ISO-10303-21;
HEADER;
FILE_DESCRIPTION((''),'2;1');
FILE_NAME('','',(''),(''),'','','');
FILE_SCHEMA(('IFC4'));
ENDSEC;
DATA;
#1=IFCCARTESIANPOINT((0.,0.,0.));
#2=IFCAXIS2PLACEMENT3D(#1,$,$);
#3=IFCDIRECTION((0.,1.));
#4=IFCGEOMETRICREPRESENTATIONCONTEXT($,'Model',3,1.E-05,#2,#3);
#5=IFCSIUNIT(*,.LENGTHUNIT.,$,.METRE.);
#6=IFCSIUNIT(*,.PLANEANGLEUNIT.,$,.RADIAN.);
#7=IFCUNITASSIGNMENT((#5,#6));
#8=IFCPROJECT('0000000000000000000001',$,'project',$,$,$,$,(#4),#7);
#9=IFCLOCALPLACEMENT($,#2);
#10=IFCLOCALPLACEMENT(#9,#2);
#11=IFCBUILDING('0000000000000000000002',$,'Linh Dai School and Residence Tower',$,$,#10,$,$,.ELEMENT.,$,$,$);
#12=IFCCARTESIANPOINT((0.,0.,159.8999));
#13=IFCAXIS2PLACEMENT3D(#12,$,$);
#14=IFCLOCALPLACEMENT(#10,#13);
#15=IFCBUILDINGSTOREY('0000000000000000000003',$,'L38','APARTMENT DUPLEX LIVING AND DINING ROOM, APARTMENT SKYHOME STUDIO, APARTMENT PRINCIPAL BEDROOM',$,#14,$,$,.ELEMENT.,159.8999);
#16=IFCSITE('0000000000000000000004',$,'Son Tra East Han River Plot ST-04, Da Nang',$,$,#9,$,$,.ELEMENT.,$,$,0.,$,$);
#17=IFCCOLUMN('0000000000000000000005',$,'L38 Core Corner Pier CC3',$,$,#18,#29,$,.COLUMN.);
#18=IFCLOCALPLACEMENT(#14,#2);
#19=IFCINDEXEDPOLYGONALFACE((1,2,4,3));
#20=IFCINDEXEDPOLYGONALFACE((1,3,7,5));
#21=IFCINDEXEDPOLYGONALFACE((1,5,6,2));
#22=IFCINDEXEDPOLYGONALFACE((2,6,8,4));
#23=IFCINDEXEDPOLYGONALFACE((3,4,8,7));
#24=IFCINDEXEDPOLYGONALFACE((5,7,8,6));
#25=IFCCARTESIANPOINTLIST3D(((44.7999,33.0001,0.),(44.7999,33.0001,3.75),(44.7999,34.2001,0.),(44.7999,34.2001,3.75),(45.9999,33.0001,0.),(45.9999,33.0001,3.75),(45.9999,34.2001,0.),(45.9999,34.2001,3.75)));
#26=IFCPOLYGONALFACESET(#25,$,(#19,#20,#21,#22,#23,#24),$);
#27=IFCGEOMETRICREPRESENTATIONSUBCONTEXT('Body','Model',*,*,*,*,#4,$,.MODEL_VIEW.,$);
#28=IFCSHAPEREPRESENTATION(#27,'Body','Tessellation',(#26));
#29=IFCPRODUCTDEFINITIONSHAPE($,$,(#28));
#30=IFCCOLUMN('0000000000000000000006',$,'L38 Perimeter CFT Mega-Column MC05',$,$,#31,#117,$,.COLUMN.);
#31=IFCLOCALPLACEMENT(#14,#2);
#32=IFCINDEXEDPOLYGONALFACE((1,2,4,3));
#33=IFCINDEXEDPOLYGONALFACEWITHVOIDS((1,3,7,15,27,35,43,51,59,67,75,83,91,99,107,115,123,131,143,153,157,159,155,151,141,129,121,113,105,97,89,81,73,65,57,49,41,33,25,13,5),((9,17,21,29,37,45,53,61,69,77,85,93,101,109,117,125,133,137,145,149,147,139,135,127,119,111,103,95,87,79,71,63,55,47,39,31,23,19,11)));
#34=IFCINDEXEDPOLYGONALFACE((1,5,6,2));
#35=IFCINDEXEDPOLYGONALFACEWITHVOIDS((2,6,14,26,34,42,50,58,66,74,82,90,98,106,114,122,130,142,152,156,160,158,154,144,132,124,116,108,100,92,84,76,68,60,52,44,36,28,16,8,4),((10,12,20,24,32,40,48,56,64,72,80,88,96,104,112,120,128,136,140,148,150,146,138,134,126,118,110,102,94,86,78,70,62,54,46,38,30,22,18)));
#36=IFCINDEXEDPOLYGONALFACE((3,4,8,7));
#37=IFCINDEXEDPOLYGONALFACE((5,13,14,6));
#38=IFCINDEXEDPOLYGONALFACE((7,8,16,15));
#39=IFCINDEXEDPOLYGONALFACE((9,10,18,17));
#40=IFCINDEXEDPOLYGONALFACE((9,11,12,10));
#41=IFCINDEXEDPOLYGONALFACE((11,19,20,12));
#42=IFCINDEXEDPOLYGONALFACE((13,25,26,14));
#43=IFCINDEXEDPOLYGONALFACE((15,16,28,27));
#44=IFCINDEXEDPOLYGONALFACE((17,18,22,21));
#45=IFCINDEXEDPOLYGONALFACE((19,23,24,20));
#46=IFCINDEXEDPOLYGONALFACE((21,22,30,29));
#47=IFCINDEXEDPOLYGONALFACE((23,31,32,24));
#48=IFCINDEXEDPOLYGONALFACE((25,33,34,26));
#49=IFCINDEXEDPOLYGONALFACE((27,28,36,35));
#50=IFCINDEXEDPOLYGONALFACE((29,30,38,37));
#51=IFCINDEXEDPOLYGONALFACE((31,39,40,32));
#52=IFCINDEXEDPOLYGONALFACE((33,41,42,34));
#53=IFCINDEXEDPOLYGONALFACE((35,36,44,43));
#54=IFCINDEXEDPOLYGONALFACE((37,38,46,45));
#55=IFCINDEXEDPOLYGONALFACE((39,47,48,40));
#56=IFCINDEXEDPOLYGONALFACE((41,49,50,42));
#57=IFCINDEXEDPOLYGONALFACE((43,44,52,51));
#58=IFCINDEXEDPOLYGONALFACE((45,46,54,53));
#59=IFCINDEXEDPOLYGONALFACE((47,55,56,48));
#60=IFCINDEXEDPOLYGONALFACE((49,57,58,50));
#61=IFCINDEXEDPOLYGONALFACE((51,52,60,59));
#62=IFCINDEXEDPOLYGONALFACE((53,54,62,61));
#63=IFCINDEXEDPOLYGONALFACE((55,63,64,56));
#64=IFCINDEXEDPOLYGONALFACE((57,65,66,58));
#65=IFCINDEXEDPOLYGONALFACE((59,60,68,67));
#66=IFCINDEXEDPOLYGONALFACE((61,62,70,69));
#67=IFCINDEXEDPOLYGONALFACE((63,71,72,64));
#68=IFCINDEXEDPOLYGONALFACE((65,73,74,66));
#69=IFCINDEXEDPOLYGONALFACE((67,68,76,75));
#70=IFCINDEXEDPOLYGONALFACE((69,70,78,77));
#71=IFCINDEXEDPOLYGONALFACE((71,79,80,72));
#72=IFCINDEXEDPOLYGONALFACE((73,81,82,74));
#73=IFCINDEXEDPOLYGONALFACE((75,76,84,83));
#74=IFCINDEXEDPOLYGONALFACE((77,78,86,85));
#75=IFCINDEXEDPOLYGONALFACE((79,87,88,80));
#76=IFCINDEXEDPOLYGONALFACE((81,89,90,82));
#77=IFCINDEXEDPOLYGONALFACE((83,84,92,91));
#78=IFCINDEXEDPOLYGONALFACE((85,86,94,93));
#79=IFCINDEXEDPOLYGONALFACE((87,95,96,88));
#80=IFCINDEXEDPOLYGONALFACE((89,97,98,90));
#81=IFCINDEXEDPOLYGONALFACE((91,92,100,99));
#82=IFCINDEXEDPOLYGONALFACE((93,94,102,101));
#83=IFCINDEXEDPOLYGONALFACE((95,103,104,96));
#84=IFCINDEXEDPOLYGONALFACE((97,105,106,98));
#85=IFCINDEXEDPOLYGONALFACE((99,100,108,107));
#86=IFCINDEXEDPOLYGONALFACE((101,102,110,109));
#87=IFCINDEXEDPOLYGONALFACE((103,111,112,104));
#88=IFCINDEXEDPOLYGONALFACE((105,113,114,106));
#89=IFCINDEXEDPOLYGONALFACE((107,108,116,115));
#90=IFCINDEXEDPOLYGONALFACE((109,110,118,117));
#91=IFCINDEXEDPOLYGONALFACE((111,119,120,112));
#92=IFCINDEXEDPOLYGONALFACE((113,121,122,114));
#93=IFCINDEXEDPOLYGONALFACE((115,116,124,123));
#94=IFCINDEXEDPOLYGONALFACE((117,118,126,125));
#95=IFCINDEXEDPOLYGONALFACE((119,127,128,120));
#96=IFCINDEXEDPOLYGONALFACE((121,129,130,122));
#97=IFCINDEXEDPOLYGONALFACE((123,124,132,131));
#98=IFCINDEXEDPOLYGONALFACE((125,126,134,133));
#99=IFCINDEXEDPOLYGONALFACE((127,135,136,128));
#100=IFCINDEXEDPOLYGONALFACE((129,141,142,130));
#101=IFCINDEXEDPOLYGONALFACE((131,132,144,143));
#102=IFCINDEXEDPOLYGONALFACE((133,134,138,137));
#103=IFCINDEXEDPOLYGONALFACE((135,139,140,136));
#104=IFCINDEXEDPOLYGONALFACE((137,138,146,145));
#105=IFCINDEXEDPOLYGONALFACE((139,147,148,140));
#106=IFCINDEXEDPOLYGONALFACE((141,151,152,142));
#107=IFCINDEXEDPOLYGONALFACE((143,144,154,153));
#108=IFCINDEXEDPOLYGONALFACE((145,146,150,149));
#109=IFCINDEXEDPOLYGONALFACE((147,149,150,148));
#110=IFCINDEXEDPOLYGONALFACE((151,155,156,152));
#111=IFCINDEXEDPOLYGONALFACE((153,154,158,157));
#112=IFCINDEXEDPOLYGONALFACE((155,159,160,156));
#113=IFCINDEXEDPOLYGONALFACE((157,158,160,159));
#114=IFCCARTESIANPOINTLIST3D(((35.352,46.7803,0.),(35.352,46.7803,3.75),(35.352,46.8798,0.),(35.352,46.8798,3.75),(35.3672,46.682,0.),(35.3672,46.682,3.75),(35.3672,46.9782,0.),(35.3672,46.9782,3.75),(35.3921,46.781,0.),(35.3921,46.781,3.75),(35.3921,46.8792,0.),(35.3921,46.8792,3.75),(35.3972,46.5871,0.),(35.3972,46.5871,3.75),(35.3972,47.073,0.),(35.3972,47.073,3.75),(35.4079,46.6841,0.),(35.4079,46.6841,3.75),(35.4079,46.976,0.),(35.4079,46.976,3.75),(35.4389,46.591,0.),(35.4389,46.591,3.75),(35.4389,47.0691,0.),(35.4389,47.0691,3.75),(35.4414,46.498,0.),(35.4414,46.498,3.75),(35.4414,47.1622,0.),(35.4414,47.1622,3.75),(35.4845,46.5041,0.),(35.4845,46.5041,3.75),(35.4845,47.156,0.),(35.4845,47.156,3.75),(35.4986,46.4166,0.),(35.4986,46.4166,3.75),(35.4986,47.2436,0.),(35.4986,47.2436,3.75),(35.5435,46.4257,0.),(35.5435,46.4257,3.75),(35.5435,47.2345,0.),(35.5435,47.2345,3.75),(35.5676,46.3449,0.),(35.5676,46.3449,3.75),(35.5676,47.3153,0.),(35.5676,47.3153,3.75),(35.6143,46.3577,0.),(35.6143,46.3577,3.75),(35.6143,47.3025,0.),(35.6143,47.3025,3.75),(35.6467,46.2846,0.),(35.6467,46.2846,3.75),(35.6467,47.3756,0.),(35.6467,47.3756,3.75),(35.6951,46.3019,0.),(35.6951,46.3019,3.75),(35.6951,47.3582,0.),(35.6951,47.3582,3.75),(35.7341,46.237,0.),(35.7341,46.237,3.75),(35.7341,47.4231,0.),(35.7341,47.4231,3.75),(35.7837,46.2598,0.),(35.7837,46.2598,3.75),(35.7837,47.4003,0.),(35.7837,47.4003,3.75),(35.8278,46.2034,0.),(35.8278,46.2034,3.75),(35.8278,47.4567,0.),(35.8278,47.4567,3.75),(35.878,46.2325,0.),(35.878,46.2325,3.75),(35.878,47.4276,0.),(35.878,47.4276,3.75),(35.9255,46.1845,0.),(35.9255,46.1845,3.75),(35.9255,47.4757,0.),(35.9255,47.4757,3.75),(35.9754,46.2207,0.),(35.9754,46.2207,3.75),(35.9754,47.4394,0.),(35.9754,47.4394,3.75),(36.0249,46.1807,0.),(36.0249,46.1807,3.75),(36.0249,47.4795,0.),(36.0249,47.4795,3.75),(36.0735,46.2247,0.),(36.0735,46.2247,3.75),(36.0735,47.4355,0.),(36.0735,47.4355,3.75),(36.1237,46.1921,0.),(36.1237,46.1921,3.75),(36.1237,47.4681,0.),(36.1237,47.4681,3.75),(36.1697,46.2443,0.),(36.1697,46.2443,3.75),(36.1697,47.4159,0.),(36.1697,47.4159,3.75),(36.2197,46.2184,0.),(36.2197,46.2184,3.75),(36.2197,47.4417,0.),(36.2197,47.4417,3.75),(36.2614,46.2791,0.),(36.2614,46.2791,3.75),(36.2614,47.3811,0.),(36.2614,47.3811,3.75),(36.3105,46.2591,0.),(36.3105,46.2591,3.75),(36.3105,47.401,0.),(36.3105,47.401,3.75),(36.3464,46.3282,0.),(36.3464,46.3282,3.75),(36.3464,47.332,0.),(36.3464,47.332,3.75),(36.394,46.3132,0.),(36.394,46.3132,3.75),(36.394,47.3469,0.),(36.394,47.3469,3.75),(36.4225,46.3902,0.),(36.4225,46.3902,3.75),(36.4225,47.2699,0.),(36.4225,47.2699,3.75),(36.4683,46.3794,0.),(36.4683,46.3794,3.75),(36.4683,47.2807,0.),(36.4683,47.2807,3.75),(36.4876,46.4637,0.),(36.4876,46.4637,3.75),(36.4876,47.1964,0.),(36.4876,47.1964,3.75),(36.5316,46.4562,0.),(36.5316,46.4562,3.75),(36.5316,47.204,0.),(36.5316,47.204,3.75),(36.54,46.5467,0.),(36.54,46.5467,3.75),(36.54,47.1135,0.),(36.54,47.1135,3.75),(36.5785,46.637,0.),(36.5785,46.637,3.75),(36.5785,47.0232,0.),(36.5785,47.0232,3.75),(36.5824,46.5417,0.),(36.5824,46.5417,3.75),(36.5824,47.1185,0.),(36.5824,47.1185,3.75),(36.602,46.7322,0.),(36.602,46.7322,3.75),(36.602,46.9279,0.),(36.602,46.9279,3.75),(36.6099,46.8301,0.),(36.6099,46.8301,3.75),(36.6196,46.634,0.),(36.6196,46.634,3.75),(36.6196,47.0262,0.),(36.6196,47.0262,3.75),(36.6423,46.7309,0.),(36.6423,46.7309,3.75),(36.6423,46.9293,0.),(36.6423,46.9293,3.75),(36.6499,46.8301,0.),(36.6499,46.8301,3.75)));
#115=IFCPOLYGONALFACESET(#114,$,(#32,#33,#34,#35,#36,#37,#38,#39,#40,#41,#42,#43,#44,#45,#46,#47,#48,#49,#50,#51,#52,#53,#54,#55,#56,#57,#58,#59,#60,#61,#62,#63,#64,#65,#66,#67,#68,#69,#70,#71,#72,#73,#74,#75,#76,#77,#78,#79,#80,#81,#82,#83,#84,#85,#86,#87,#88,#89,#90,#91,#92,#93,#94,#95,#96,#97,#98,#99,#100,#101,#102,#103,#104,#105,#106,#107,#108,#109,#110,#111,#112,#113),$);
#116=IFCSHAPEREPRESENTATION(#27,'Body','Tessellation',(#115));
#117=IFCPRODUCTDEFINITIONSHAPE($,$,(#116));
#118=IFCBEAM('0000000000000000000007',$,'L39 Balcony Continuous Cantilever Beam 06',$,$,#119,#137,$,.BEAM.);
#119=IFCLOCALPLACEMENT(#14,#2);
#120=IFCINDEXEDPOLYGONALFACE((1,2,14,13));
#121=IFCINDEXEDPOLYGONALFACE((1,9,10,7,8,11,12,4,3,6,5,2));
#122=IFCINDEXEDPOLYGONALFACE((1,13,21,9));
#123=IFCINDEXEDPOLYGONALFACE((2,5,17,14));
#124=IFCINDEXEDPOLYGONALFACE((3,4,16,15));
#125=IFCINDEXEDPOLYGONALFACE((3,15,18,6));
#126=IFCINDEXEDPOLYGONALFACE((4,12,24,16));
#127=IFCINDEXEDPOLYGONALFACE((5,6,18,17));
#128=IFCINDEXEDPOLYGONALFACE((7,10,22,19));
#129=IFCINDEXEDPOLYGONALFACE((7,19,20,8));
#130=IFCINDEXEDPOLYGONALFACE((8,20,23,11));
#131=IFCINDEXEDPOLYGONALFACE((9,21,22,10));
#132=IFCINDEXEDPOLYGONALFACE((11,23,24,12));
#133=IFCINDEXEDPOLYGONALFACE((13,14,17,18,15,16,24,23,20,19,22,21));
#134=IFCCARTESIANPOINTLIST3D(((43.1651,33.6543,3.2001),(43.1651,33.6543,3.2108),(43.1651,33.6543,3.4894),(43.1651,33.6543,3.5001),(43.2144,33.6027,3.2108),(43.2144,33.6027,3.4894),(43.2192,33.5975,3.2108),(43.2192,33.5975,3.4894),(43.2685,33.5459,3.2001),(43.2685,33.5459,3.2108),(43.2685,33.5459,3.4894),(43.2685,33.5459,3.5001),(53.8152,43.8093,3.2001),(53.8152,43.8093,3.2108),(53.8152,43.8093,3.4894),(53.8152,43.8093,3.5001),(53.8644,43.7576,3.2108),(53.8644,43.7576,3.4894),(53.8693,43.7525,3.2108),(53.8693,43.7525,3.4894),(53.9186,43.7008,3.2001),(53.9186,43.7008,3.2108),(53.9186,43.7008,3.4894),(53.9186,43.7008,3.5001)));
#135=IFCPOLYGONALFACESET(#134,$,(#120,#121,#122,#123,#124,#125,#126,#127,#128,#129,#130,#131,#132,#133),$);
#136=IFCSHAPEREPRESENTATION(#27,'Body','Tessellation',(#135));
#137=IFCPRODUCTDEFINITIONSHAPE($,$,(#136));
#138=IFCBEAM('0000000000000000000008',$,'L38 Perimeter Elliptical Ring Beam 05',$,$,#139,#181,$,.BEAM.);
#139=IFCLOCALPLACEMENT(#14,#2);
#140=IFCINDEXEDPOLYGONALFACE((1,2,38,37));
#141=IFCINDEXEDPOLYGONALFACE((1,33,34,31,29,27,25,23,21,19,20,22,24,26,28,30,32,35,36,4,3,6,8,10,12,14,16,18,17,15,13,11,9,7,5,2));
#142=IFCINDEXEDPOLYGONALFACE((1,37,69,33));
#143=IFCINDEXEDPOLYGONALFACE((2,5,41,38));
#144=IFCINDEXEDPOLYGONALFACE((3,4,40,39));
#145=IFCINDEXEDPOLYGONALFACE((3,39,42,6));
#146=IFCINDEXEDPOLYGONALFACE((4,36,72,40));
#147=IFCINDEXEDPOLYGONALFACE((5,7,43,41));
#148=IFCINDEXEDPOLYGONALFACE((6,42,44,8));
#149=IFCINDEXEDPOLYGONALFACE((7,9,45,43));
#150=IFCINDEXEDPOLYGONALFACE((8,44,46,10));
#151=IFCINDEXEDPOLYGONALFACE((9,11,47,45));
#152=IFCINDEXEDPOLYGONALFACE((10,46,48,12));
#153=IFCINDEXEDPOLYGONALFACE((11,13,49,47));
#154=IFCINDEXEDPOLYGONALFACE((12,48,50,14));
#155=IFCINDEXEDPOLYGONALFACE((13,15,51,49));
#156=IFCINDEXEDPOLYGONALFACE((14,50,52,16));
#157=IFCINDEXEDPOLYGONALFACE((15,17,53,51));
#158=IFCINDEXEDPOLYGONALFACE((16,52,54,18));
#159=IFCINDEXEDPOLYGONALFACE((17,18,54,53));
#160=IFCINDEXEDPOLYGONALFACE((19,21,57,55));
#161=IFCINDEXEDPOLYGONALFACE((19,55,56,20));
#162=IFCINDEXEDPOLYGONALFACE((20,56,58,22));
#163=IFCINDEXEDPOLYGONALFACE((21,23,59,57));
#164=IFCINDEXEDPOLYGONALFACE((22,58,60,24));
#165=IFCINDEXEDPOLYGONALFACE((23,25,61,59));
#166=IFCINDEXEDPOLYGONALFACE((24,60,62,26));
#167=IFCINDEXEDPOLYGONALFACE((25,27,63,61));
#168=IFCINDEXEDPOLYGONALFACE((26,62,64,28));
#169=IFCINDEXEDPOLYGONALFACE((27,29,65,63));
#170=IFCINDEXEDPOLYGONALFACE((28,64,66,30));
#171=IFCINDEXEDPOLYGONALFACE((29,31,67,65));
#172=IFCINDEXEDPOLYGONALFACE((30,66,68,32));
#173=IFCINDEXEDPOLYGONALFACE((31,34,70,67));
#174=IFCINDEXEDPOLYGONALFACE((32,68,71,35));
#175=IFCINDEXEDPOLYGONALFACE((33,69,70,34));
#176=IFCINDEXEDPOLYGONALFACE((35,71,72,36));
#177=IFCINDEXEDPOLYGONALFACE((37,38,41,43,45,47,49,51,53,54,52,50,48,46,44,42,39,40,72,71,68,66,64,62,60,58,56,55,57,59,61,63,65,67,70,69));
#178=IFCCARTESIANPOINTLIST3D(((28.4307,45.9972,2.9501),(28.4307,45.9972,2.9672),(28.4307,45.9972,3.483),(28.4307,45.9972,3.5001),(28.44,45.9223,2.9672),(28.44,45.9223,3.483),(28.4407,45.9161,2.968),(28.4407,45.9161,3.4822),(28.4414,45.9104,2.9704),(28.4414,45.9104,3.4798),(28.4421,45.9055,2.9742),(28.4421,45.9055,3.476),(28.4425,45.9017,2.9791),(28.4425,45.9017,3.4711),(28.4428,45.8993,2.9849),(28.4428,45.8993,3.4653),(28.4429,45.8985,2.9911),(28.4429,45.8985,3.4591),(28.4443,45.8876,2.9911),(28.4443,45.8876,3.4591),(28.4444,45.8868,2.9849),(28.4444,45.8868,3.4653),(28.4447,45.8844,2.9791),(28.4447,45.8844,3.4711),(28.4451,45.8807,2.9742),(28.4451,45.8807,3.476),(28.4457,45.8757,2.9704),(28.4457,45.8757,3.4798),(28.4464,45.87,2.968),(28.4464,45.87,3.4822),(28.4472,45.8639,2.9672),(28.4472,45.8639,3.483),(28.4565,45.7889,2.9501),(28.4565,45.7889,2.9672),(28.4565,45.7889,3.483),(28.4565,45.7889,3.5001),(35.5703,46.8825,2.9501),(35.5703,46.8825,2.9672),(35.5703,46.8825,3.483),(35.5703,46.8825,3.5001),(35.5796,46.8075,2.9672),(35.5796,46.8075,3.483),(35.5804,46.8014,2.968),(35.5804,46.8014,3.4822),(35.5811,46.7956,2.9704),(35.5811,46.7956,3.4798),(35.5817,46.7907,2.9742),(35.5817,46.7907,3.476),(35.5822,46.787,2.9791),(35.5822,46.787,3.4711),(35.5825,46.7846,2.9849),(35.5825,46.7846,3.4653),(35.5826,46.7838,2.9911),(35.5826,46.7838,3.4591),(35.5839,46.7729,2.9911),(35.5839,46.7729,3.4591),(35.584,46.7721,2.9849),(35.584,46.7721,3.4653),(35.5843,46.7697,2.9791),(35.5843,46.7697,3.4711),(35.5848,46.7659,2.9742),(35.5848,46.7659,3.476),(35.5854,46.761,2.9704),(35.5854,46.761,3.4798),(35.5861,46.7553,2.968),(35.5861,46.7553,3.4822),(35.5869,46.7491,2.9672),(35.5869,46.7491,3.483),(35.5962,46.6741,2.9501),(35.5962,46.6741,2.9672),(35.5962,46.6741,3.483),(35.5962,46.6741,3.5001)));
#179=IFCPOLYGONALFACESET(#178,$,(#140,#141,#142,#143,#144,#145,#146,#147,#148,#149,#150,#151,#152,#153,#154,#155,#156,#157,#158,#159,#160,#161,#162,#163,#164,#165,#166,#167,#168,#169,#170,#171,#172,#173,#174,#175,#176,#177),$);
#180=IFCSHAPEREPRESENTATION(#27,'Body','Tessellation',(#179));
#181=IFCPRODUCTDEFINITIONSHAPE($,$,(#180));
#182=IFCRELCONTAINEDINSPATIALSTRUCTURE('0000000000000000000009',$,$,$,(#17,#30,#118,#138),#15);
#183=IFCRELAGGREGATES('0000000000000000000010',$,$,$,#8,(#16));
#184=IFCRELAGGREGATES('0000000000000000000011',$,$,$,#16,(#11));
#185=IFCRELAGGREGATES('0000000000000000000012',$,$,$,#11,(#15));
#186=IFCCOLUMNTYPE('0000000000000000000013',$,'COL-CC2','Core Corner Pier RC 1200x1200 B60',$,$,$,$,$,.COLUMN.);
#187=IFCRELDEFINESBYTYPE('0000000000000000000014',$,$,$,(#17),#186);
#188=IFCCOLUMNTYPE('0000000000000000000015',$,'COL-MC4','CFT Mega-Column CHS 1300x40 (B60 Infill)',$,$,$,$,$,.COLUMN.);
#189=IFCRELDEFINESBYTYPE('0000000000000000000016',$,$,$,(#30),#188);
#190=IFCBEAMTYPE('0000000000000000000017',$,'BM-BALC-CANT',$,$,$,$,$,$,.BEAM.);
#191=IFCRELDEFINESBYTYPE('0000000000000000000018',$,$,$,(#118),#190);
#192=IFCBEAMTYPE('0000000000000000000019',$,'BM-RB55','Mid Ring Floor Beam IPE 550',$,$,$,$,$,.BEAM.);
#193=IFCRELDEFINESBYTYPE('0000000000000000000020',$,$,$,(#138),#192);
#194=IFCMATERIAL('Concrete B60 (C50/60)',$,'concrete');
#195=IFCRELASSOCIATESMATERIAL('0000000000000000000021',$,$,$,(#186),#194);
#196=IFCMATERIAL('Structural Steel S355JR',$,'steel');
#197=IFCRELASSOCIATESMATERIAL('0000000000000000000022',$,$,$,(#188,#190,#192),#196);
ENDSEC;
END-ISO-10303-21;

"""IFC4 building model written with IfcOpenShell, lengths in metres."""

from ifc_helpers import new_model, si_unit, direction, frame, origin, origin_2d, place, context, subcontext, project, spatial, rectangle, hollow_circle, i_section, extrude, material, material_profile, profile_set, type_object, element, save


model = new_model("IFC4")

# Units and contexts
model_context = context("Model", 3, precision=1e-05, world=origin(), true_north=direction((0.0, 1.0)))
body_context = subcontext(model_context, "Body", "Model", "MODEL_VIEW")
ifc_project = project(units=[si_unit("LENGTHUNIT", "METRE"), si_unit("PLANEANGLEUNIT", "RADIAN")], contexts=[model_context])

# Site, building, storey
site_placement = place(None, origin())
site = spatial("IfcSite", under=ifc_project, at=site_placement, Name="Son Tra East Han River Plot ST-04, Da Nang", CompositionType="ELEMENT", RefElevation=0.0)
building_placement = place(site_placement, origin())
building = spatial("IfcBuilding", under=site, at=building_placement, Name="Linh Dai School and Residence Tower", CompositionType="ELEMENT")
storey_placement = place(building_placement, frame((0.0, 0.0, 159.8999)))
storey = spatial("IfcBuildingStorey", under=building, at=storey_placement, Name="L38", Description="APARTMENT DUPLEX LIVING AND DINING ROOM, APARTMENT SKYHOME STUDIO, APARTMENT PRINCIPAL BEDROOM", CompositionType="ELEMENT", Elevation=159.8999)

# Columns
ifc_material_1 = material(Name="Concrete B60 (C50/60)", Category="concrete")
ifc_material_profile_1 = material_profile(ifc_material_1, rectangle(XDim=1.2, YDim=1.2, at=origin_2d()), Name="RC 1200x1200")
ifc_profile_set_1 = profile_set([ifc_material_profile_1], Name="Concrete B60 (C50/60)")
column_type_1 = type_object("IfcColumnType", Name="COL-CC2", Description="Core Corner Pier RC 1200x1200 B60", PredefinedType="COLUMN", material=ifc_profile_set_1)
column_1_placement = place(storey_placement, frame((45.3999, 33.6001, 0.0), z_axis=(0.0, 0.0, 1.0), x_axis=(1.0, 0.0, 0.0)))
element("IfcColumn", 1, at=column_1_placement, inside=storey, type_object=column_type_1, Name="L38 Core Corner Pier CC3", PredefinedType="COLUMN", context=body_context, shape_type="SweptSolid", body=[
    extrude(rectangle(XDim=1.2, YDim=1.2, at=origin_2d()), origin(), (0.0, 0.0, 1.0), 3.75),
])
ifc_material_2 = material(Name="Structural Steel S355JR", Category="steel")
ifc_material_profile_2 = material_profile(ifc_material_2, hollow_circle(Radius=0.6499, WallThickness=0.04, at=origin_2d()), Name="CHS 1300x40")
ifc_profile_set_2 = profile_set([ifc_material_profile_2], Name="Structural Steel S355JR")
column_type_2 = type_object("IfcColumnType", Name="COL-MC4", Description="CFT Mega-Column CHS 1300x40 (B60 Infill)", PredefinedType="COLUMN", material=ifc_profile_set_2)
column_2_placement = place(storey_placement, frame((36.0, 46.8301, 0.0), z_axis=(0.0, 0.0, 1.0), x_axis=(1.0, 0.0, 0.0)))
element("IfcColumn", 2, at=column_2_placement, inside=storey, type_object=column_type_2, Name="L38 Perimeter CFT Mega-Column MC05", PredefinedType="COLUMN", context=body_context, shape_type="SweptSolid", body=[
    extrude(hollow_circle(Radius=0.6499, WallThickness=0.04, at=origin_2d()), origin(), (0.0, 0.0, 1.0), 3.75),
])

# Beams
ifc_material_profile_3 = material_profile(ifc_material_2, i_section(OverallWidth=0.1499, OverallDepth=0.3, WebThickness=0.0071, FlangeThickness=0.0107, at=origin_2d()), Name="IPE 300")
ifc_profile_set_3 = profile_set([ifc_material_profile_3], Name="Structural Steel S355JR")
beam_type_1 = type_object("IfcBeamType", Name="BM-BALC-CANT", PredefinedType="BEAM", material=ifc_profile_set_3)
beam_1_placement = place(storey_placement, frame((43.2168, 33.6001, 3.3501), z_axis=(0.723729, 0.690084, 0.0), x_axis=(-0.690084, 0.723729, 0.0)))
element("IfcBeam", 3, at=beam_1_placement, inside=storey, type_object=beam_type_1, Name="L39 Balcony Continuous Cantilever Beam 06", PredefinedType="BEAM", context=body_context, shape_type="SweptSolid", body=[
    extrude(i_section(OverallWidth=0.1499, OverallDepth=0.3, WebThickness=0.0071, FlangeThickness=0.0107, at=origin_2d()), origin(), (0.0, 0.0, 1.0), 14.7156),
])
ifc_material_profile_4 = material_profile(ifc_material_2, i_section(OverallWidth=0.21, OverallDepth=0.55, WebThickness=0.011, FlangeThickness=0.0171, FilletRadius=0.0239, at=origin_2d()), Name="IPE 550")
ifc_profile_set_4 = profile_set([ifc_material_profile_4], Name="Structural Steel S355JR")
beam_type_2 = type_object("IfcBeamType", Name="BM-RB55", Description="Mid Ring Floor Beam IPE 550", PredefinedType="BEAM", material=ifc_profile_set_4)
beam_2_placement = place(storey_placement, frame((35.5833, 46.7783, 3.2251), z_axis=(-0.992401, -0.123049, 0.0), x_axis=(0.123049, -0.992401, 0.0)))
element("IfcBeam", 4, at=beam_2_placement, inside=storey, type_object=beam_type_2, Name="L38 Perimeter Elliptical Ring Beam 05", PredefinedType="BEAM", context=body_context, shape_type="SweptSolid", body=[
    extrude(i_section(OverallWidth=0.21, OverallDepth=0.55, WebThickness=0.011, FlangeThickness=0.0171, FilletRadius=0.0239, at=origin_2d()), origin(), (0.0, 0.0, 1.0), 7.1943),
])

save(model, "model.ifc")
